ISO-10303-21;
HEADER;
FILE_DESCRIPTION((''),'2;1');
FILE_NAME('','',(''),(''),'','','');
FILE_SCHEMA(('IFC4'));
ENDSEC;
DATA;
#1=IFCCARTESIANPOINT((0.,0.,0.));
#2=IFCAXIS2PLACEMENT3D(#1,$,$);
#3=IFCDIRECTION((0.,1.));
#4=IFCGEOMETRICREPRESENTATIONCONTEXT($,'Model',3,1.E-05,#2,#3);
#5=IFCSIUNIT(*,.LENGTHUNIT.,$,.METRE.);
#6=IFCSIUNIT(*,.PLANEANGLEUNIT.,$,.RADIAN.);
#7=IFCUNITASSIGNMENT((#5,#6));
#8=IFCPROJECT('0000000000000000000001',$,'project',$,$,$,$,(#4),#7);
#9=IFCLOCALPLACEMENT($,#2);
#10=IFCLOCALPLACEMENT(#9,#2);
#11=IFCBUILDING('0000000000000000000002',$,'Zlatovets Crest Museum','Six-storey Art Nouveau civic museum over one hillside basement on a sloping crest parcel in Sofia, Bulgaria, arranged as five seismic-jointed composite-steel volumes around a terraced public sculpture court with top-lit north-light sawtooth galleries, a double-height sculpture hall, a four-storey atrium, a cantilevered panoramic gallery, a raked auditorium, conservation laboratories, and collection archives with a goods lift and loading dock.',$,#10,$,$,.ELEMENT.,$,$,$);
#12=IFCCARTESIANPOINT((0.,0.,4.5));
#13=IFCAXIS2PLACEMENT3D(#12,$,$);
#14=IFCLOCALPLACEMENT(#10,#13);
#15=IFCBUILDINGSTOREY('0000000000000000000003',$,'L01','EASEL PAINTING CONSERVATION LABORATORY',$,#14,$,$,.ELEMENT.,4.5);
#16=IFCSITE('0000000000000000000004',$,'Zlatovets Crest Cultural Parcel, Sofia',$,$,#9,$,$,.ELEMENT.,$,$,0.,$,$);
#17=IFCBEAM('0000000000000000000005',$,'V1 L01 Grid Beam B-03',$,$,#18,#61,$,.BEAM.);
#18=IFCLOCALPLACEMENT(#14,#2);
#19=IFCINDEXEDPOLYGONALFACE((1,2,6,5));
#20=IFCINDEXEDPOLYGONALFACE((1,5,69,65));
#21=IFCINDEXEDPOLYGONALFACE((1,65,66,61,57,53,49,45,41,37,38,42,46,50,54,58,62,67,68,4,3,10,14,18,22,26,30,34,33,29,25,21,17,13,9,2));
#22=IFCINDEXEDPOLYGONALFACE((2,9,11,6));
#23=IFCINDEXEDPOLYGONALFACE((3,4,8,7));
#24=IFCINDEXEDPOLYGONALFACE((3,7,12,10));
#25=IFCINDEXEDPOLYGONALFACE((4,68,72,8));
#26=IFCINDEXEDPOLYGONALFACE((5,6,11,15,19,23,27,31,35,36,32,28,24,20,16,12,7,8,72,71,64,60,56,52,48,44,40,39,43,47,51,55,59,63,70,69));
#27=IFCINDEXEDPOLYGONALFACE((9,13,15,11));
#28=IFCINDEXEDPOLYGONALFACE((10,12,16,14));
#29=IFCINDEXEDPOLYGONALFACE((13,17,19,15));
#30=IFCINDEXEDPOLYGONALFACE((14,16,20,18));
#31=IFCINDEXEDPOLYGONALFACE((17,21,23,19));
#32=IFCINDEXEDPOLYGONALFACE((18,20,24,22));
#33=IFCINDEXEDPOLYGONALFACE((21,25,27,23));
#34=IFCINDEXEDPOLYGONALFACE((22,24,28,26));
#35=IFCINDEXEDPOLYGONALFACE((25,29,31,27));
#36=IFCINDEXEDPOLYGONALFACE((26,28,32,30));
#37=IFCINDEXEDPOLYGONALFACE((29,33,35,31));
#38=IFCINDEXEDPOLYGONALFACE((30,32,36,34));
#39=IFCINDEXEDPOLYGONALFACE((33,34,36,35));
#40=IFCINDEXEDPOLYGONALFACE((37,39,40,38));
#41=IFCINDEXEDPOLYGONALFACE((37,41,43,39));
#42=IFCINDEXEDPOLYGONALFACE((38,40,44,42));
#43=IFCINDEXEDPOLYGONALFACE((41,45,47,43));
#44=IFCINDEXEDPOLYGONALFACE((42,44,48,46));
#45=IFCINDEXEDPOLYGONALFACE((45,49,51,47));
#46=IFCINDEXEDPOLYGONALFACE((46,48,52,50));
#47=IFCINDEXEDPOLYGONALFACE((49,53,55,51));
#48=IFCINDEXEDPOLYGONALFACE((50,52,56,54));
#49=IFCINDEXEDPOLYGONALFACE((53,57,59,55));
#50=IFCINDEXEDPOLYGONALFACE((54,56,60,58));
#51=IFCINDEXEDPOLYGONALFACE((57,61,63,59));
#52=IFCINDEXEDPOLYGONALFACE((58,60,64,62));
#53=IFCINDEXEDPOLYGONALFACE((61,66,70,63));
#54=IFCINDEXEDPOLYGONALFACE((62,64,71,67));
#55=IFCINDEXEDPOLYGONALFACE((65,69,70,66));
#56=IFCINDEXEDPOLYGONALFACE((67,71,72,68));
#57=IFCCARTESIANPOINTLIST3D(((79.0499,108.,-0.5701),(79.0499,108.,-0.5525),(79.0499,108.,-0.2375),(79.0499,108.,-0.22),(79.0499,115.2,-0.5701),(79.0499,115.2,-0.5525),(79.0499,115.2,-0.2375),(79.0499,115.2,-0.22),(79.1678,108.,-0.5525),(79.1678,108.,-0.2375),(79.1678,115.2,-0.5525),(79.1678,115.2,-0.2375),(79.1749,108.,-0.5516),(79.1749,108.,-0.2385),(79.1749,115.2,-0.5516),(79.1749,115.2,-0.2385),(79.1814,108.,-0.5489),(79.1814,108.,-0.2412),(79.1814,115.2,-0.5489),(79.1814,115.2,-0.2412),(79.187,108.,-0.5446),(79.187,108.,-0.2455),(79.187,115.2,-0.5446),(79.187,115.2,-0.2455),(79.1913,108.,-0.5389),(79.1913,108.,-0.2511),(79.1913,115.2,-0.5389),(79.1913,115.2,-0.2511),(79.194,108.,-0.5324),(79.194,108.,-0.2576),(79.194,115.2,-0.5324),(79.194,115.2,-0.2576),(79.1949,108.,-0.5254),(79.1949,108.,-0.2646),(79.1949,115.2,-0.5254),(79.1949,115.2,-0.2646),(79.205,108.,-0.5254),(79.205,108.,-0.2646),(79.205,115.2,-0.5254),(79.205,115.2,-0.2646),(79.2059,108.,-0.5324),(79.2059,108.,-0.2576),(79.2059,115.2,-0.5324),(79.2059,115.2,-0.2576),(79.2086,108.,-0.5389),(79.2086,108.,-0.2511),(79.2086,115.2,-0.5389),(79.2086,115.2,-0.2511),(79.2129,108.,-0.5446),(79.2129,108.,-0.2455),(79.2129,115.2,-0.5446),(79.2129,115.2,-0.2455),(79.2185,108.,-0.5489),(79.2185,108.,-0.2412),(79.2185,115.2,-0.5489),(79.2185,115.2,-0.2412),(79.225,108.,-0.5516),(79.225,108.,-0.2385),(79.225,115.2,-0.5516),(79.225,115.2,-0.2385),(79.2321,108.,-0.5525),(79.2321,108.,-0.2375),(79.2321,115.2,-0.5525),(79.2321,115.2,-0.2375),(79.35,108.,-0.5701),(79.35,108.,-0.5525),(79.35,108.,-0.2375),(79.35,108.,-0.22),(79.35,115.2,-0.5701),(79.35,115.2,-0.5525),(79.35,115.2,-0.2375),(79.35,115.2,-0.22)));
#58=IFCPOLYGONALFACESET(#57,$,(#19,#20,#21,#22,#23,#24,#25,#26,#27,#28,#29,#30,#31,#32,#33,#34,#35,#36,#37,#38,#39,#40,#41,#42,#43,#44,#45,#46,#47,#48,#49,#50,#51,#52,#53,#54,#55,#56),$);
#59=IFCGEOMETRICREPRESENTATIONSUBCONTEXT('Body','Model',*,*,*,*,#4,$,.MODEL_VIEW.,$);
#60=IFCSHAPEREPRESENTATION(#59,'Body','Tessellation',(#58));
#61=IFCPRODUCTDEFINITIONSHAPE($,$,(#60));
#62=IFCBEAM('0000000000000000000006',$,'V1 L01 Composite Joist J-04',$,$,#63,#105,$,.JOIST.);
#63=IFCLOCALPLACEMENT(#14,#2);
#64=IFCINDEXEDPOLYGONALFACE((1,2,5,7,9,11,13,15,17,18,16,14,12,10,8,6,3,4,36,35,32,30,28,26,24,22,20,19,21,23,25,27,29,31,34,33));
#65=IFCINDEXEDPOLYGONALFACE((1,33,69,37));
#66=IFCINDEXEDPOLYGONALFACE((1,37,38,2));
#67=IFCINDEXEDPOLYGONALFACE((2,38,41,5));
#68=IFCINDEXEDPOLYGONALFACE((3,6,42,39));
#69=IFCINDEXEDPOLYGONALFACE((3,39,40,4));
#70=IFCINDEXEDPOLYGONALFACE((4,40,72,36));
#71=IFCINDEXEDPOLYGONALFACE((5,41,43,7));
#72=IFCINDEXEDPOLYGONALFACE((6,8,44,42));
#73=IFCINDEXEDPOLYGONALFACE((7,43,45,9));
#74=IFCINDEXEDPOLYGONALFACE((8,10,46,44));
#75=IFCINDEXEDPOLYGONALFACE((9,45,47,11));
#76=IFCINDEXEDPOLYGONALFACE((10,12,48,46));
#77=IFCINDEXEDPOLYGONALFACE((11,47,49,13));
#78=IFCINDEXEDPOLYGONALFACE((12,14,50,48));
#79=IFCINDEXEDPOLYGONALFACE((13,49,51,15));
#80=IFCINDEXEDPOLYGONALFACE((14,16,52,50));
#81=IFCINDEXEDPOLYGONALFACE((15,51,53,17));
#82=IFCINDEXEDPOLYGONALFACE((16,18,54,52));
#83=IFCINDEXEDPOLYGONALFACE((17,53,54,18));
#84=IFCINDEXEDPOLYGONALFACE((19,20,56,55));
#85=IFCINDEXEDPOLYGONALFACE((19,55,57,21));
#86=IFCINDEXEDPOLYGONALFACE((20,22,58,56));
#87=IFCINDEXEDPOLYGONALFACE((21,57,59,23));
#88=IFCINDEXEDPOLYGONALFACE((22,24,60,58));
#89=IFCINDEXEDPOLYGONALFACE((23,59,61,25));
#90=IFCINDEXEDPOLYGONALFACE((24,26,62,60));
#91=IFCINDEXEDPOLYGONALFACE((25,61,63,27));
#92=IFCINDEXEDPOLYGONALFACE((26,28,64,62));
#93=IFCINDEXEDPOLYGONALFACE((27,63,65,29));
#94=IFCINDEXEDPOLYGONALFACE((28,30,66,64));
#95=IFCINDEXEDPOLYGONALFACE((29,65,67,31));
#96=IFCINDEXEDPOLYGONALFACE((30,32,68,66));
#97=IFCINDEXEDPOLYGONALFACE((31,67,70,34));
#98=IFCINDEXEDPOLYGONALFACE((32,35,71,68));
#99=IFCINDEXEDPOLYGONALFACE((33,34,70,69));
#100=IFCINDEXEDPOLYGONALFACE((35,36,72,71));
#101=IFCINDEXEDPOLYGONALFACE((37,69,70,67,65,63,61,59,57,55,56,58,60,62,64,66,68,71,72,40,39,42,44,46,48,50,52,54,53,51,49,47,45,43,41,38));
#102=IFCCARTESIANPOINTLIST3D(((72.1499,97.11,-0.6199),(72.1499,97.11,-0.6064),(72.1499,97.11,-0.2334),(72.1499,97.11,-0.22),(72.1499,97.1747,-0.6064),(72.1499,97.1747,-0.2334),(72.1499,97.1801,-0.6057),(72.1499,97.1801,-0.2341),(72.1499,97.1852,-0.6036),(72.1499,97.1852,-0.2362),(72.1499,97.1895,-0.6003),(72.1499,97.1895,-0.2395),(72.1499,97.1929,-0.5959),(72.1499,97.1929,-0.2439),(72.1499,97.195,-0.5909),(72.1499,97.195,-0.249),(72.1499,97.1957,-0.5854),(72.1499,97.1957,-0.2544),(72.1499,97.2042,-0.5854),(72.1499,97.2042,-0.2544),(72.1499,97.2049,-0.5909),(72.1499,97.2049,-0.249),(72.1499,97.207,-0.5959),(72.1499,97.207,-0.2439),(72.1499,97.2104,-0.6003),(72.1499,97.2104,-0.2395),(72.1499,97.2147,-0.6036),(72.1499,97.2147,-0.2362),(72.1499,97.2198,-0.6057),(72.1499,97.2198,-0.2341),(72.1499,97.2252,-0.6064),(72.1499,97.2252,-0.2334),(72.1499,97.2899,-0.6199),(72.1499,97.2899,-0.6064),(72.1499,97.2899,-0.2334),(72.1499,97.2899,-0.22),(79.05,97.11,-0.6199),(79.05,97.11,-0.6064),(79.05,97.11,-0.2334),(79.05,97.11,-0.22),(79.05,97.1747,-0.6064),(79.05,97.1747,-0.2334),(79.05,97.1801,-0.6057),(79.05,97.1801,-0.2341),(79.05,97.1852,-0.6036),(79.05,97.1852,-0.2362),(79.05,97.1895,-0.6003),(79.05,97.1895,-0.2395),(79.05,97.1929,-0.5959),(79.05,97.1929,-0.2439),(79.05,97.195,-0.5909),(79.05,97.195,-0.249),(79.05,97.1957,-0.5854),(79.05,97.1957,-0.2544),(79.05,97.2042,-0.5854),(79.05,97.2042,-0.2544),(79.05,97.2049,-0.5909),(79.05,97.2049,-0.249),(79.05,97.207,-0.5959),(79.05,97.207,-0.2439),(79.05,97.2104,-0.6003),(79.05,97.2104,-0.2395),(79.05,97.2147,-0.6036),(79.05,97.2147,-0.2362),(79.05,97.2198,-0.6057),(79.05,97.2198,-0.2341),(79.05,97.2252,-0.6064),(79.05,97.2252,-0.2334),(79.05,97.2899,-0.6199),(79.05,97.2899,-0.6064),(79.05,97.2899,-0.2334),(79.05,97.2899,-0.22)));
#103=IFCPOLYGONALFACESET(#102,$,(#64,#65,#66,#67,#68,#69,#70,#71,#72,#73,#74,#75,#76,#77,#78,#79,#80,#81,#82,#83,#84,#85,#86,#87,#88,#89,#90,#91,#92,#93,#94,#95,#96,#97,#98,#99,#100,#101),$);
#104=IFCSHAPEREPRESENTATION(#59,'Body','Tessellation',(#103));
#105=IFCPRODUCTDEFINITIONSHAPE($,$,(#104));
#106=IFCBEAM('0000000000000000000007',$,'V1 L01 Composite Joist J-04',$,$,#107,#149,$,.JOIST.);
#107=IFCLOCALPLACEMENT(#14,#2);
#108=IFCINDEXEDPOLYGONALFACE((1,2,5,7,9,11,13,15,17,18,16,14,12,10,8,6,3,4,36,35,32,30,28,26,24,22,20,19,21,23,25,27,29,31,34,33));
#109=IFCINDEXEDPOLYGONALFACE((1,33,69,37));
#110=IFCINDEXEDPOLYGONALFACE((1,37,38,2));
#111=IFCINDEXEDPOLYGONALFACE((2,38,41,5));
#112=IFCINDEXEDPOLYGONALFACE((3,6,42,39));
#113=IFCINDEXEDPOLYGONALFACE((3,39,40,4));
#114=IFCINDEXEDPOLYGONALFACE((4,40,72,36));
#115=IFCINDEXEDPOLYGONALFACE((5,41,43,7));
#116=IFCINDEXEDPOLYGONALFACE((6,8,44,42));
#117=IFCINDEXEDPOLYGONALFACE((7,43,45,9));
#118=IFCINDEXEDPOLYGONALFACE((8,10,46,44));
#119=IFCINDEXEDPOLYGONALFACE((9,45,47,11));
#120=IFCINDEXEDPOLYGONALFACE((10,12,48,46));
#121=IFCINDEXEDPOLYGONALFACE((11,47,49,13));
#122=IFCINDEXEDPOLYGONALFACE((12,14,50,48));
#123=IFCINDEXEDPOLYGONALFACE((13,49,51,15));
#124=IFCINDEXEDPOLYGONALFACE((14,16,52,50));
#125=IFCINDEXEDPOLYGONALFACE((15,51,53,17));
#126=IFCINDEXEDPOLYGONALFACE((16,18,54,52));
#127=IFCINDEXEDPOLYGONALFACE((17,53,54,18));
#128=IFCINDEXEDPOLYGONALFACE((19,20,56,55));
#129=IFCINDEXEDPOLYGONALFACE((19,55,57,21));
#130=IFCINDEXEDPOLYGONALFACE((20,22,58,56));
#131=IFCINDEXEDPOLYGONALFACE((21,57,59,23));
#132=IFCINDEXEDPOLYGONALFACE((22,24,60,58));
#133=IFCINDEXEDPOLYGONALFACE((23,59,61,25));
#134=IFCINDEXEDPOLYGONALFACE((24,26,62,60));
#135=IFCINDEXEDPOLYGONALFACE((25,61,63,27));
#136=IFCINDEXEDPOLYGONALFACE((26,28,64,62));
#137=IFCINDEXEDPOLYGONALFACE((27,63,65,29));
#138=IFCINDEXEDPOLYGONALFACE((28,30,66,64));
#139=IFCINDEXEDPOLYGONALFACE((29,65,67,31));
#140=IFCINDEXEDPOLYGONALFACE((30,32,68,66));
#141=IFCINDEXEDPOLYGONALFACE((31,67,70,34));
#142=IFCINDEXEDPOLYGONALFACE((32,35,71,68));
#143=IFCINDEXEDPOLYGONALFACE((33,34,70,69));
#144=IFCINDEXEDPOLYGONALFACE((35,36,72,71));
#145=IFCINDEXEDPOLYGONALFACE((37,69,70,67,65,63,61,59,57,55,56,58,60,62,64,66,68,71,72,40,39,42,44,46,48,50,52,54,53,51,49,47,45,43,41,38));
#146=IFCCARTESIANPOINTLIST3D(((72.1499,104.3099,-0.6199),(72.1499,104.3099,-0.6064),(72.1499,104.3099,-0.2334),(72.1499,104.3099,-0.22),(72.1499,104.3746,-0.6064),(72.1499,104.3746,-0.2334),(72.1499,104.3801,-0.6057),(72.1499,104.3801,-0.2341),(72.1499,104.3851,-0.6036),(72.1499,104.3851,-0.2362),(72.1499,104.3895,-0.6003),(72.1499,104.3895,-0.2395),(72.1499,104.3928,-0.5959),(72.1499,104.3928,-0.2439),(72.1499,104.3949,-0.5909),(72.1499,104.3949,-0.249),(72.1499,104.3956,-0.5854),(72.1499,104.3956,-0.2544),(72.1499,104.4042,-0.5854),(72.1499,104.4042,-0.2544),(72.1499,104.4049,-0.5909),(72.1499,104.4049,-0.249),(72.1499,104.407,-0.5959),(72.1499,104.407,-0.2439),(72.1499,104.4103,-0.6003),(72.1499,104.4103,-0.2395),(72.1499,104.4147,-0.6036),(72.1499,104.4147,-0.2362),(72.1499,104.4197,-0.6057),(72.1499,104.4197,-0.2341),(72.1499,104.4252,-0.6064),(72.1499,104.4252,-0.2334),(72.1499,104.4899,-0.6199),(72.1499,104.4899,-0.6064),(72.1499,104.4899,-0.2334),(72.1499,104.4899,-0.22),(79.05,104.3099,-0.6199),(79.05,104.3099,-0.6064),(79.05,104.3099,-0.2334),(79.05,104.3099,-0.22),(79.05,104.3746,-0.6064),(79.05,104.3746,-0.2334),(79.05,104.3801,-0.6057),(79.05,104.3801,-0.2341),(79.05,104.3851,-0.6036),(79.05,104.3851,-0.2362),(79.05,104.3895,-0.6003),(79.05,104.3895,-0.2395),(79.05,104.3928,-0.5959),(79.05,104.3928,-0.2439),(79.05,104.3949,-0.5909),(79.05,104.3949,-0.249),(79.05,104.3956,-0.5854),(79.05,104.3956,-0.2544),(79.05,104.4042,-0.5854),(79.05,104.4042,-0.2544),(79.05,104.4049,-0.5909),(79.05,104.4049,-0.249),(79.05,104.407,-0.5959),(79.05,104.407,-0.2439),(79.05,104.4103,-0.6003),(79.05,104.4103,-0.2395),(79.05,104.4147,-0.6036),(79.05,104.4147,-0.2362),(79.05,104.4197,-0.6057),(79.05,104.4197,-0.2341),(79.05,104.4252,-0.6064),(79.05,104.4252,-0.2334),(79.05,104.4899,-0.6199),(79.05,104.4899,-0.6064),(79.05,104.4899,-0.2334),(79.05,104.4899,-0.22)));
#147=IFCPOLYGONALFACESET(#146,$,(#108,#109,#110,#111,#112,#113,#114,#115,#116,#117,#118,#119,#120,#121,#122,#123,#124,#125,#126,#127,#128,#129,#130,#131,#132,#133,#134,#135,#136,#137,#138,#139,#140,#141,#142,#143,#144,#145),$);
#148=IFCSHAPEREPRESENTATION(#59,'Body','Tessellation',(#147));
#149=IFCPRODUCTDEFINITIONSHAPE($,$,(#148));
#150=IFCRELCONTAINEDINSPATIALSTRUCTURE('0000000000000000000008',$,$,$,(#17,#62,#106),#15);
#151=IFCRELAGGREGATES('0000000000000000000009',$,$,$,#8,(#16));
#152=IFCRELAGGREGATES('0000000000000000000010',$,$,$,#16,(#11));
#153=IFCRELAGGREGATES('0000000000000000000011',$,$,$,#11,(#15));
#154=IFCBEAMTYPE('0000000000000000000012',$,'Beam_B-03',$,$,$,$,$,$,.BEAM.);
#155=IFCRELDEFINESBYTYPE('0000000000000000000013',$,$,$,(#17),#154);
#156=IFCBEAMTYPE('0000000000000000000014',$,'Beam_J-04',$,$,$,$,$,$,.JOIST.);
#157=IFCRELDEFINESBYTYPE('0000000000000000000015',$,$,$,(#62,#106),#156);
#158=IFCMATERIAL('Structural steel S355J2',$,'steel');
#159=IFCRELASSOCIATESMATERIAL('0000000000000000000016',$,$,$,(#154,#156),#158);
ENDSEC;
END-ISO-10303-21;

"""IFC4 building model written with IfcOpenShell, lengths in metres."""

from ifc_helpers import new_model, si_unit, direction, frame, origin, origin_2d, place, context, subcontext, project, spatial, i_section, extrude, material, material_profile, profile_set, type_object, element, save


model = new_model("IFC4")

# Units and contexts
model_context = context("Model", 3, precision=1e-05, world=origin(), true_north=direction((0.0, 1.0)))
body_context = subcontext(model_context, "Body", "Model", "MODEL_VIEW")
ifc_project = project(units=[si_unit("LENGTHUNIT", "METRE"), si_unit("PLANEANGLEUNIT", "RADIAN")], contexts=[model_context])

# Site, building, storey
site_placement = place(None, origin())
site = spatial("IfcSite", under=ifc_project, at=site_placement, Name="Zlatovets Crest Cultural Parcel, Sofia", CompositionType="ELEMENT", RefElevation=0.0)
building_placement = place(site_placement, origin())
building = spatial("IfcBuilding", under=site, at=building_placement, Name="Zlatovets Crest Museum", Description="Six-storey Art Nouveau civic museum over one hillside basement on a sloping crest parcel in Sofia, Bulgaria, arranged as five seismic-jointed composite-steel volumes around a terraced public sculpture court with top-lit north-light sawtooth galleries, a double-height sculpture hall, a four-storey atrium, a cantilevered panoramic gallery, a raked auditorium, conservation laboratories, and collection archives with a goods lift and loading dock.", CompositionType="ELEMENT")
storey_placement = place(building_placement, frame((0.0, 0.0, 4.5)))
storey = spatial("IfcBuildingStorey", under=building, at=storey_placement, Name="L01", Description="EASEL PAINTING CONSERVATION LABORATORY", CompositionType="ELEMENT", Elevation=4.5)

# Shared definitions
ifc_material = material(Name="Structural steel S355J2", Category="steel")

# Beams
ifc_material_profile_1 = material_profile(ifc_material, i_section(OverallWidth=0.3, OverallDepth=0.3501, WebThickness=0.01, FlangeThickness=0.0176, FilletRadius=0.0271, at=origin_2d()), Name="HEA 360")
ifc_profile_set_1 = profile_set([ifc_material_profile_1], Name="Structural steel S355J2")
beam_type_1 = type_object("IfcBeamType", Name="Beam_B-03", PredefinedType="BEAM", material=ifc_profile_set_1)
for number, where, z_axis, x_axis, name in (
    (1, (79.2, 108.0, -0.395), (0.0, 1.0, 0.0), (-1.0, 0.0, 0.0), "V1 L01 Grid Beam B-03"),
):
    element("IfcBeam", number, at=place(storey_placement, frame(where, z_axis=z_axis, x_axis=x_axis)), inside=storey, type_object=beam_type_1, Name=name, PredefinedType="BEAM", context=body_context, shape_type="SweptSolid", body=[
        extrude(i_section(OverallWidth=0.3, OverallDepth=0.3501, WebThickness=0.01, FlangeThickness=0.0176, FilletRadius=0.0271, at=origin_2d()), origin(), (0.0, 0.0, 1.0), 7.2),
    ])
ifc_material_profile_2 = material_profile(ifc_material, i_section(OverallWidth=0.1799, OverallDepth=0.3999, WebThickness=0.0085, FlangeThickness=0.0134, FilletRadius=0.021, at=origin_2d()), Name="IPE 400")
ifc_profile_set_2 = profile_set([ifc_material_profile_2], Name="Structural steel S355J2")
beam_type_2 = type_object("IfcBeamType", Name="Beam_J-04", PredefinedType="JOIST", material=ifc_profile_set_2)
for number, where, z_axis, x_axis, name in (
    (2, (72.1499, 97.2, -0.4199), (1.0, 0.0, 0.0), (0.0, 1.0, 0.0), "V1 L01 Composite Joist J-04"),
    (3, (72.1499, 104.3999, -0.4199), (1.0, 0.0, 0.0), (0.0, 1.0, 0.0), "V1 L01 Composite Joist J-04"),
):
    element("IfcBeam", number, at=place(storey_placement, frame(where, z_axis=z_axis, x_axis=x_axis)), inside=storey, type_object=beam_type_2, Name=name, PredefinedType="JOIST", context=body_context, shape_type="SweptSolid", body=[
        extrude(i_section(OverallWidth=0.1799, OverallDepth=0.3999, WebThickness=0.0085, FlangeThickness=0.0134, FilletRadius=0.021, at=origin_2d()), origin(), (0.0, 0.0, 1.0), 6.9001),
    ])

save(model, "model.ifc")
